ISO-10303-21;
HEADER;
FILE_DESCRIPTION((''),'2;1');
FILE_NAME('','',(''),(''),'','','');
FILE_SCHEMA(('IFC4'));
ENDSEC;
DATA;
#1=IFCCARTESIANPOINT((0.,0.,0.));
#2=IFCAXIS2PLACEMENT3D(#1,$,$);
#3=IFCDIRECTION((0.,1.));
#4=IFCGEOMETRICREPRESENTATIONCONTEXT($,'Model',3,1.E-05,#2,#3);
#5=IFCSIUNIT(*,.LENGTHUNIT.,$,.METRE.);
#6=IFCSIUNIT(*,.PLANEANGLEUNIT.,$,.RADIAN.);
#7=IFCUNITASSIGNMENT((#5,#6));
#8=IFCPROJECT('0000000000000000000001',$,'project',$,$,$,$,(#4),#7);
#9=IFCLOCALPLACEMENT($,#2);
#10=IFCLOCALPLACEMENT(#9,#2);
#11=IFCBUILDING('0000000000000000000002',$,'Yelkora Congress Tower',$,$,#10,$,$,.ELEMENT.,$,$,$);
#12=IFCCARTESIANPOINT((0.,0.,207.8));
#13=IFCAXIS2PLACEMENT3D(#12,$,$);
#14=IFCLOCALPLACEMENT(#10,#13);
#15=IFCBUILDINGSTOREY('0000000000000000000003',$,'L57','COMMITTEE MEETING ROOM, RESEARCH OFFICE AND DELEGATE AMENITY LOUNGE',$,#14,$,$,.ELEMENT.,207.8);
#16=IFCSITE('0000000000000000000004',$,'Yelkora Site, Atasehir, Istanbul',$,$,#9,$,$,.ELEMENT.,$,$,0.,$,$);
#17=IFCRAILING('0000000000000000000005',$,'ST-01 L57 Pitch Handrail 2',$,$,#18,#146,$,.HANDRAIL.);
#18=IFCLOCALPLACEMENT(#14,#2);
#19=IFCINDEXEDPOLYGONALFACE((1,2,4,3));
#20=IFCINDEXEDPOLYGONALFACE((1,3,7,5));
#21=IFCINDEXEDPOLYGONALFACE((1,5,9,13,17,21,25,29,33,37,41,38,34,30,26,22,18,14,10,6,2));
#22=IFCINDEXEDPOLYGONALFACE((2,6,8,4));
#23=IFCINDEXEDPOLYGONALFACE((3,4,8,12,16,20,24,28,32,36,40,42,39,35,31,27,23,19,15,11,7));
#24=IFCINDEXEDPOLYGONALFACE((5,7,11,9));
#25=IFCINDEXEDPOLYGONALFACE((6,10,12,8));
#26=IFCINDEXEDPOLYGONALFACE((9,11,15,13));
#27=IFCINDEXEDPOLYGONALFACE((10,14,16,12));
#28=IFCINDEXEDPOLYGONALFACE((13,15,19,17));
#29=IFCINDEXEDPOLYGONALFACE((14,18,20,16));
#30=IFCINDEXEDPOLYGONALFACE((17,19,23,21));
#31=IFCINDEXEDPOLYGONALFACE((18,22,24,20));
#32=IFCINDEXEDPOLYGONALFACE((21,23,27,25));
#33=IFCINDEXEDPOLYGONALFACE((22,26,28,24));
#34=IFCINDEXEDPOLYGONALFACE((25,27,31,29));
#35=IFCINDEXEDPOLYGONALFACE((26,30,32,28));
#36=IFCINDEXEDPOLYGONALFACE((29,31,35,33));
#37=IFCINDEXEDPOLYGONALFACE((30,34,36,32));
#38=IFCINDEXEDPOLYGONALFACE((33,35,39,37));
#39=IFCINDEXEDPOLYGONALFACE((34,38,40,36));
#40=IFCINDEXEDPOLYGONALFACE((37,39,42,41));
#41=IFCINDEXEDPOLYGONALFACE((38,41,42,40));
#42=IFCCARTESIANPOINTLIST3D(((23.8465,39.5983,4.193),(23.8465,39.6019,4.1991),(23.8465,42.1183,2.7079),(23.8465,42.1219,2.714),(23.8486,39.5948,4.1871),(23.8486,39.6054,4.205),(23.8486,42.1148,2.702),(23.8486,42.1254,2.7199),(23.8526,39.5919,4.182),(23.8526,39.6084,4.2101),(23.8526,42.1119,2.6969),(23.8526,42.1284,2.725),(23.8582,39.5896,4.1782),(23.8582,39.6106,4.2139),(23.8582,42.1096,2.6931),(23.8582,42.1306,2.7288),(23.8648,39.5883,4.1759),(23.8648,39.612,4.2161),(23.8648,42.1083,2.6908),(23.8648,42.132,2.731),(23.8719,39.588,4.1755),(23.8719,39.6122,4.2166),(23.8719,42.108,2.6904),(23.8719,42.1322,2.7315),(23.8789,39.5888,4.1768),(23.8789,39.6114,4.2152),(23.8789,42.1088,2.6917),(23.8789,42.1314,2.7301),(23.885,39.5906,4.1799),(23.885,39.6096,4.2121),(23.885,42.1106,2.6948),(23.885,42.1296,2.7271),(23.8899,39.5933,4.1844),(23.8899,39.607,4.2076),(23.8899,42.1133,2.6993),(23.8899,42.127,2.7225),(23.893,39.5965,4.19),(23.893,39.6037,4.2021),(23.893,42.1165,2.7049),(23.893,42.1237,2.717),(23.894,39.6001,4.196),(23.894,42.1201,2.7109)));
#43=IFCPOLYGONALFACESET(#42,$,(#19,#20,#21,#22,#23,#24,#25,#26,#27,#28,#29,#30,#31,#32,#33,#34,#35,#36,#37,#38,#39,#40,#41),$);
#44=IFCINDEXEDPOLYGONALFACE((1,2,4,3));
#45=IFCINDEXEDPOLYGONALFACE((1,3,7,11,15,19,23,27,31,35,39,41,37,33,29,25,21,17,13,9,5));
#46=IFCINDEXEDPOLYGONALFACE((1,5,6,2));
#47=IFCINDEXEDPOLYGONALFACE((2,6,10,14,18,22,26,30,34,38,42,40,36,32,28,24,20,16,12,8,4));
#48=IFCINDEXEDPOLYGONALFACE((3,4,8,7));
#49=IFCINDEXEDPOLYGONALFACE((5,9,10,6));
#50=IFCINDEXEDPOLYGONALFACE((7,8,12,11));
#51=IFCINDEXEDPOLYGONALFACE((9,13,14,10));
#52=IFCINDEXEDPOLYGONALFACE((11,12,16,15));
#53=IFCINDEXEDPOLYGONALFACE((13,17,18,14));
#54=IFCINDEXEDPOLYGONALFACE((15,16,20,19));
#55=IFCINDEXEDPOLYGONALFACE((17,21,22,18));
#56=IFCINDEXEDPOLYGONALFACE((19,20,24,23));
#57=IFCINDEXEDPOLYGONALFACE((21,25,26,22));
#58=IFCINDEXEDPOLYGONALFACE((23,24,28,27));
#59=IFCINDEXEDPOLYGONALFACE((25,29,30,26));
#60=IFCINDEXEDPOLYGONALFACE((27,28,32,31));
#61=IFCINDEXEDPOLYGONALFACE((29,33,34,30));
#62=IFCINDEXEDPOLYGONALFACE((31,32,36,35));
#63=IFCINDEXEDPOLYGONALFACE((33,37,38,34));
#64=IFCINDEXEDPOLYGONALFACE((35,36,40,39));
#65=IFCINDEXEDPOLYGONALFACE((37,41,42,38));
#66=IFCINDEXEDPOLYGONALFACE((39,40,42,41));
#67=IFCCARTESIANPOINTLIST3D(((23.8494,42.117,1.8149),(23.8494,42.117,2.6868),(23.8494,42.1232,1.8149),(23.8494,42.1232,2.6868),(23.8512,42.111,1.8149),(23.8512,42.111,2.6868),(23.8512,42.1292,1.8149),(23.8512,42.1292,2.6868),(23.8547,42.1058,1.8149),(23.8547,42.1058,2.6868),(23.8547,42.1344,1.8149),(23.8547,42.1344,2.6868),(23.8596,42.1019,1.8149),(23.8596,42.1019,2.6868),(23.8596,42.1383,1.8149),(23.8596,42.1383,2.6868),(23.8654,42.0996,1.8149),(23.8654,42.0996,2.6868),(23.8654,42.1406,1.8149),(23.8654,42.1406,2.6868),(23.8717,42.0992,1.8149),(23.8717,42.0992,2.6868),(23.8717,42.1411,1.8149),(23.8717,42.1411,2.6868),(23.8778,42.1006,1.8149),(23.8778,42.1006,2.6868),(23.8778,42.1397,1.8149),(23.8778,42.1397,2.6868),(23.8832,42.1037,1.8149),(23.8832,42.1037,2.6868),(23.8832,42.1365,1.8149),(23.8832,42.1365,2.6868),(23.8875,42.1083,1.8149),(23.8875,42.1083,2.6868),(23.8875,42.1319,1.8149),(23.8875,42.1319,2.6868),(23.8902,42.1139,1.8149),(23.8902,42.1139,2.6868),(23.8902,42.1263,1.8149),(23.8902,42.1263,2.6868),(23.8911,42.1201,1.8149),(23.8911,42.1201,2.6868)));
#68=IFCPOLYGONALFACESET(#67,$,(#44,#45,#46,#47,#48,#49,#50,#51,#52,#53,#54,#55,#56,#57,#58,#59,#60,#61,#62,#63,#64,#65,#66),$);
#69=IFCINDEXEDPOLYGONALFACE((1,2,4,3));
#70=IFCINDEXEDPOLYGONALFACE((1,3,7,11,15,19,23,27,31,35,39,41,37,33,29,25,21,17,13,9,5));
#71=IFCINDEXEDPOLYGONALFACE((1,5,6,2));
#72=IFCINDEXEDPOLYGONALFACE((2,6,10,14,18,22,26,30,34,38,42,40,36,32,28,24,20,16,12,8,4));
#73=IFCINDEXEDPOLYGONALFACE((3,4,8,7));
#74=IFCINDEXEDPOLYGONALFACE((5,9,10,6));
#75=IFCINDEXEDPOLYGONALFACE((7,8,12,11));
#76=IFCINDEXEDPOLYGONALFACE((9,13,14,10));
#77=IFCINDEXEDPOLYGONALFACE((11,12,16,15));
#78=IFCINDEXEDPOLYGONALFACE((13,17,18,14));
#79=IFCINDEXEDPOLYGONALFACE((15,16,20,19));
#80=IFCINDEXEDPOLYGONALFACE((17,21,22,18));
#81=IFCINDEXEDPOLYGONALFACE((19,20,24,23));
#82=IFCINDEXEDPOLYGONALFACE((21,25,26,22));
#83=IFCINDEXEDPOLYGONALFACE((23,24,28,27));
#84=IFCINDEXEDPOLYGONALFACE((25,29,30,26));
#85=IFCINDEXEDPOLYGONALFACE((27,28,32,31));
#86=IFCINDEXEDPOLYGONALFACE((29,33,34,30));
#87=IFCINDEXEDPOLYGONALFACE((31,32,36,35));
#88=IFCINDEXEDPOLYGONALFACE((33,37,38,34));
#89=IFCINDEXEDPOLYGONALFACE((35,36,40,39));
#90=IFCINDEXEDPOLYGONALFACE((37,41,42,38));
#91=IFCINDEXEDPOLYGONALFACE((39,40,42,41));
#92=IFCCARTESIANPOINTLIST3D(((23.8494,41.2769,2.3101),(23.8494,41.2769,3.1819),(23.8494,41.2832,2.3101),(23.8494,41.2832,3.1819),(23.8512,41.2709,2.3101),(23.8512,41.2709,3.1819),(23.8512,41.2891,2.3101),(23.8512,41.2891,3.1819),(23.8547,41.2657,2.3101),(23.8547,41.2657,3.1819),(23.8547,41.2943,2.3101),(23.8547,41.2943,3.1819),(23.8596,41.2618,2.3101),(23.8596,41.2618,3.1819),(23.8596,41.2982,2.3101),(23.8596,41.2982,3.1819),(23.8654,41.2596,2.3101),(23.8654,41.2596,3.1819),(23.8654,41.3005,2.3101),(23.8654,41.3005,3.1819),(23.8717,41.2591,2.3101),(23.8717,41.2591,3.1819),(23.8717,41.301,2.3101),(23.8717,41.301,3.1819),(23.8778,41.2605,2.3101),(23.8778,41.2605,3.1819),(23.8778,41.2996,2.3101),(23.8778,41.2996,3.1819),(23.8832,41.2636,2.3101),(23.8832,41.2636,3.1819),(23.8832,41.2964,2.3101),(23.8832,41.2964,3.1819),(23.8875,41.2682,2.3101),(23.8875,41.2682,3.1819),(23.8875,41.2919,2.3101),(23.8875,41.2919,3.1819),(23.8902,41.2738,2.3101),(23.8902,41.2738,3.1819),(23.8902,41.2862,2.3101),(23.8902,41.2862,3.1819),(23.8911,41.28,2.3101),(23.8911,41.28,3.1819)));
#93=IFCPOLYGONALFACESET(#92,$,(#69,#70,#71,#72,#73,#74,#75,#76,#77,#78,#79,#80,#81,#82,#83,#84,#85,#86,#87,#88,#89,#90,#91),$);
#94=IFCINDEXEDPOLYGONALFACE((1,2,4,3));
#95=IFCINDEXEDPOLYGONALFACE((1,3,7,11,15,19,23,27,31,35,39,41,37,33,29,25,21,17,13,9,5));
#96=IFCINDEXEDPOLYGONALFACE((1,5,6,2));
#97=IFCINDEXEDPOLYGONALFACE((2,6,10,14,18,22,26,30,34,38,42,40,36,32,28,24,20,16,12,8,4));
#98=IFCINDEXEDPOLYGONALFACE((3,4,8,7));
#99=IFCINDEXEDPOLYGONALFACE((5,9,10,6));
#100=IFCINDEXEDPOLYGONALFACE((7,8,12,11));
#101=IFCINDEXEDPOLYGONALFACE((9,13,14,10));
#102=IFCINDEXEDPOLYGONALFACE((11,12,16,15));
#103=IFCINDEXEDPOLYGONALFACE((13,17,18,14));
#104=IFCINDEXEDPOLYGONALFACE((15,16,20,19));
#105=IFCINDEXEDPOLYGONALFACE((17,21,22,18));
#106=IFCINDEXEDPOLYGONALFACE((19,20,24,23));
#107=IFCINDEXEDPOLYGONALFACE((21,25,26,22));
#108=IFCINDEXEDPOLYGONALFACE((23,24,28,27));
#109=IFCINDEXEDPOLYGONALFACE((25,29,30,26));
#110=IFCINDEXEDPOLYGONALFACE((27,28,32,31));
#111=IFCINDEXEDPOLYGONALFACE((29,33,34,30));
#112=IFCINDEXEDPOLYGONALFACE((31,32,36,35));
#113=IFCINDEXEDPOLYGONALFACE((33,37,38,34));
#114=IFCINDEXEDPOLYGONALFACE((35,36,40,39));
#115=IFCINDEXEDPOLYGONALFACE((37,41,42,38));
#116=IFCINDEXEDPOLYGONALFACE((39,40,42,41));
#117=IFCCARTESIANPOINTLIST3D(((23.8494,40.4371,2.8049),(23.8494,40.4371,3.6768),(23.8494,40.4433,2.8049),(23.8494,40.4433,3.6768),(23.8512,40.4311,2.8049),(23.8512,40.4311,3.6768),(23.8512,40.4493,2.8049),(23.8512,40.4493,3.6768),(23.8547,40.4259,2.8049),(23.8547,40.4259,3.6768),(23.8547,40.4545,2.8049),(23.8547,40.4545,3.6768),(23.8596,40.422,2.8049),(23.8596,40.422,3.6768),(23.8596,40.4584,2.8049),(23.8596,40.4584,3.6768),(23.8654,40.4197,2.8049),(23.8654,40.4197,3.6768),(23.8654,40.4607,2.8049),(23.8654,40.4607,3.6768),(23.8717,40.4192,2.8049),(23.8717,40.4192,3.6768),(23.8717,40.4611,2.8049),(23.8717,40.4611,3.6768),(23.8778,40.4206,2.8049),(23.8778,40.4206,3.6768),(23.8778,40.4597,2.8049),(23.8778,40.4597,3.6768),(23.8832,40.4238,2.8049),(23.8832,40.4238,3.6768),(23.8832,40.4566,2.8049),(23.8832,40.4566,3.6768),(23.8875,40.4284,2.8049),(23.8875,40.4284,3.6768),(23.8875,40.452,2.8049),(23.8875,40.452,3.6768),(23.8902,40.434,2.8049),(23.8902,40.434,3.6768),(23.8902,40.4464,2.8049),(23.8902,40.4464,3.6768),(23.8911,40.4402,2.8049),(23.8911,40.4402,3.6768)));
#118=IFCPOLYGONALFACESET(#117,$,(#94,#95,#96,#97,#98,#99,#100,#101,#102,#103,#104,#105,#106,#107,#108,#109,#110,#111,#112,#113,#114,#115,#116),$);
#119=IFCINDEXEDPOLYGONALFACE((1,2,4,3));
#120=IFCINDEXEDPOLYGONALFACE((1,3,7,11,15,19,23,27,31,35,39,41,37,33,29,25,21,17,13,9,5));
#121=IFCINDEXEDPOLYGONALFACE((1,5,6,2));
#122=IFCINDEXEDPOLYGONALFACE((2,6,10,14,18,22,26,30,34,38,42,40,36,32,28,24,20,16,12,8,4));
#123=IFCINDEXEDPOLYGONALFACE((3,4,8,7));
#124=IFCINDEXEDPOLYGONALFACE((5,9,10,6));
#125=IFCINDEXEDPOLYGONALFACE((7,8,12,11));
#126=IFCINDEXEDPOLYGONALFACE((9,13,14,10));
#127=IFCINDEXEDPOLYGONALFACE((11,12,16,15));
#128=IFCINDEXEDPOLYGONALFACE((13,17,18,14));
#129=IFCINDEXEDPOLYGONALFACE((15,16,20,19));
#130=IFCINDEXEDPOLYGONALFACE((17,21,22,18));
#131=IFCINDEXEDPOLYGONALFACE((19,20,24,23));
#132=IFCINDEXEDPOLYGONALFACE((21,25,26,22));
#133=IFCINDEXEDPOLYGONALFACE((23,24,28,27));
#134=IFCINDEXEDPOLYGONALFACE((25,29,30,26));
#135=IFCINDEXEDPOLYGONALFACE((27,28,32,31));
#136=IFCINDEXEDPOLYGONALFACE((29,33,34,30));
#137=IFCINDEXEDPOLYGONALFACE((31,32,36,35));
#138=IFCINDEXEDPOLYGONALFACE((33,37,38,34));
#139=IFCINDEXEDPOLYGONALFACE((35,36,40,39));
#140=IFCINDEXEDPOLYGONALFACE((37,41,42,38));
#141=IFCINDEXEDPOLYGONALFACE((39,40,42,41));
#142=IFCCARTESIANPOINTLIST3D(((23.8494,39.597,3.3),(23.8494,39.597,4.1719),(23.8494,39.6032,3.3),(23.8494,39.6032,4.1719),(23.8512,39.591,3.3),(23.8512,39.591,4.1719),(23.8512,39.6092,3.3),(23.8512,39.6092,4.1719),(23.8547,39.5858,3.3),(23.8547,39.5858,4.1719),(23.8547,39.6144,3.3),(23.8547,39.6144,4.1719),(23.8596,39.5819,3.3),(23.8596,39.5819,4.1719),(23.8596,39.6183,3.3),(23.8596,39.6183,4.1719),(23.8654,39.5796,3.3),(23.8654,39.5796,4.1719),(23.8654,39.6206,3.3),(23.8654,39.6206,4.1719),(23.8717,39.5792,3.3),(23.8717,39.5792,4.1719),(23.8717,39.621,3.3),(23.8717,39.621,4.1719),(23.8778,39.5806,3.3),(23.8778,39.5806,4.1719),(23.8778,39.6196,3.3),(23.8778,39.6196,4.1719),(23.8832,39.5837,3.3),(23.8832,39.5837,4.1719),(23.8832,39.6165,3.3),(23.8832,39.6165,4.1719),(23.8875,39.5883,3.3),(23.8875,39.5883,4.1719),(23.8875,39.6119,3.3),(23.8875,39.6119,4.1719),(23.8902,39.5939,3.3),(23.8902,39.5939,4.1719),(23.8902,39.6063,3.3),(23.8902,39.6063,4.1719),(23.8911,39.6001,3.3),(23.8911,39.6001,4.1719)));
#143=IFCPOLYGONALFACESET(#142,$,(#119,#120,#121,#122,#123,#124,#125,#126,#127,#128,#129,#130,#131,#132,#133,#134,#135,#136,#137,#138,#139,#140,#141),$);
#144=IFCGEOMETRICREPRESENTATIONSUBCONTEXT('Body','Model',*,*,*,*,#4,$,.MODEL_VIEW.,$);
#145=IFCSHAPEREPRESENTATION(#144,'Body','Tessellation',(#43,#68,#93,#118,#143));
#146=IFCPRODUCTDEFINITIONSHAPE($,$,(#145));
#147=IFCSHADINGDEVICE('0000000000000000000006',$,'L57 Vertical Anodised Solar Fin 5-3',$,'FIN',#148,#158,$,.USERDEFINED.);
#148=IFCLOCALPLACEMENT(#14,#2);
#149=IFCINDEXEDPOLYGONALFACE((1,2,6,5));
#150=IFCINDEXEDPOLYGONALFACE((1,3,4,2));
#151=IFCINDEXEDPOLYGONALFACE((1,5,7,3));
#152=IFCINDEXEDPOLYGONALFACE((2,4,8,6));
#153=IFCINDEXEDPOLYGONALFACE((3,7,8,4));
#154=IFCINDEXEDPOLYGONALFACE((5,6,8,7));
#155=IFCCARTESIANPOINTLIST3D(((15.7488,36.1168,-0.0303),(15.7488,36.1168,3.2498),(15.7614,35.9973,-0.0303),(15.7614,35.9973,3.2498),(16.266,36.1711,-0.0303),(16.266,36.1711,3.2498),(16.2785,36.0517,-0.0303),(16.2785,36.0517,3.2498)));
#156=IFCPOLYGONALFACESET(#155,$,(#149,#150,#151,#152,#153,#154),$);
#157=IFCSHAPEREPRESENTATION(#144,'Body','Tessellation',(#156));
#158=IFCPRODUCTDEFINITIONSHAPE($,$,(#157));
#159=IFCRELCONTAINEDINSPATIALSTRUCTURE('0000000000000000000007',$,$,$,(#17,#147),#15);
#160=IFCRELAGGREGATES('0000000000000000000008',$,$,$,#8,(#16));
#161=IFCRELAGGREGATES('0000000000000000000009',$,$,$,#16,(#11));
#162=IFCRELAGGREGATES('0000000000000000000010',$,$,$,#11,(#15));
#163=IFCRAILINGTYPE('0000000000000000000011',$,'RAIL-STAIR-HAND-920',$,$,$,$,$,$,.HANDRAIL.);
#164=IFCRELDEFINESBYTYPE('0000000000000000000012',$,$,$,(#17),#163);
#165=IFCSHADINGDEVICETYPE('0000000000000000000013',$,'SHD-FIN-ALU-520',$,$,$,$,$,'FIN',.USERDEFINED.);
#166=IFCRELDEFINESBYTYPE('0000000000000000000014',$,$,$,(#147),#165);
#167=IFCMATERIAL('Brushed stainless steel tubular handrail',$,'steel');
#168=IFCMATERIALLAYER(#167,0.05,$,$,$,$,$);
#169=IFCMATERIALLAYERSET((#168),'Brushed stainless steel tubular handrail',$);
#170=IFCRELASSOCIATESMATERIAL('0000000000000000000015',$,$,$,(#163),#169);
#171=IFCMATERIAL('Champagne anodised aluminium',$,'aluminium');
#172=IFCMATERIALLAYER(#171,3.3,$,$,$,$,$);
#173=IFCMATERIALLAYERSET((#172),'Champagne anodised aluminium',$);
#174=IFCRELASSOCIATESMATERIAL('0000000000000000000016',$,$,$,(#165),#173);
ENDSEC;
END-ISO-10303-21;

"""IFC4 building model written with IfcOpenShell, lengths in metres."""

from ifc_helpers import new_model, si_unit, direction, frame, origin, origin_2d, place, context, subcontext, project, spatial, rectangle, circle, extrude, material, layer, layer_set, type_object, element, save


model = new_model("IFC4")

# Units and contexts
model_context = context("Model", 3, precision=1e-05, world=origin(), true_north=direction((0.0, 1.0)))
body_context = subcontext(model_context, "Body", "Model", "MODEL_VIEW")
ifc_project = project(units=[si_unit("LENGTHUNIT", "METRE"), si_unit("PLANEANGLEUNIT", "RADIAN")], contexts=[model_context])

# Site, building, storey
site_placement = place(None, origin())
site = spatial("IfcSite", under=ifc_project, at=site_placement, Name="Yelkora Site, Atasehir, Istanbul", CompositionType="ELEMENT", RefElevation=0.0)
building_placement = place(site_placement, origin())
building = spatial("IfcBuilding", under=site, at=building_placement, Name="Yelkora Congress Tower", CompositionType="ELEMENT")
storey_placement = place(building_placement, frame((0.0, 0.0, 207.8)))
storey = spatial("IfcBuildingStorey", under=building, at=storey_placement, Name="L57", Description="COMMITTEE MEETING ROOM, RESEARCH OFFICE AND DELEGATE AMENITY LOUNGE", CompositionType="ELEMENT", Elevation=207.8)

# Railing
ifc_material_1 = material(Name="Brushed stainless steel tubular handrail", Category="steel")
ifc_layer_1 = layer(ifc_material_1, 0.05)
ifc_layer_set_1 = layer_set([ifc_layer_1], Name="Brushed stainless steel tubular handrail")
railing_type_1 = type_object("IfcRailingType", Name="RAIL-STAIR-HAND-920", PredefinedType="HANDRAIL", material=ifc_layer_set_1)
railing_1_placement = place(storey_placement, frame((23.8701, 42.1201, 1.8149)))
element("IfcRailing", 1, at=railing_1_placement, inside=storey, type_object=railing_type_1, Name="ST-01 L57 Pitch Handrail 2", PredefinedType="HANDRAIL", context=body_context, shape_type="SweptSolid", body=[
    extrude(circle(Radius=0.0239, at=origin_2d()), frame((0.0, 0.0, 0.896), z_axis=(0.0, -0.861524, 0.507717), x_axis=(1.0, 0.0, 0.0)), (0.0, 0.0, 1.0), 2.925),
    extrude(circle(Radius=0.021, at=origin_2d()), origin(), (0.0, 0.0, 1.0), 0.8718),
    extrude(circle(Radius=0.021, at=origin_2d()), frame((0.0, -0.8401, 0.4951)), (0.0, 0.0, 1.0), 0.8718),
    extrude(circle(Radius=0.021, at=origin_2d()), frame((0.0, -1.6799, 0.99)), (0.0, 0.0, 1.0), 0.8718),
    extrude(circle(Radius=0.021, at=origin_2d()), frame((0.0, -2.52, 1.4851)), (0.0, 0.0, 1.0), 0.8718),
])

# Shading device
ifc_material_2 = material(Name="Champagne anodised aluminium", Category="aluminium")
ifc_layer_2 = layer(ifc_material_2, 3.3)
ifc_layer_set_2 = layer_set([ifc_layer_2], Name="Champagne anodised aluminium")
shading_device_type = type_object("IfcShadingDeviceType", Name="SHD-FIN-ALU-520", ElementType="FIN", PredefinedType="USERDEFINED", material=ifc_layer_set_2)
shading_device_placement = place(storey_placement, frame((16.0137, 36.0842, -0.0303), z_axis=(0.0, 0.0, 1.0), x_axis=(-0.104528, 0.994522, 0.0)))
element("IfcShadingDevice", 2, at=shading_device_placement, inside=storey, type_object=shading_device_type, Name="L57 Vertical Anodised Solar Fin 5-3", ObjectType="FIN", PredefinedType="USERDEFINED", context=body_context, shape_type="SweptSolid", body=[
    extrude(rectangle(XDim=0.1201, YDim=0.52, at=origin_2d()), origin(), (0.0, 0.0, 1.0), 3.28),
])

save(model, "model.ifc")
